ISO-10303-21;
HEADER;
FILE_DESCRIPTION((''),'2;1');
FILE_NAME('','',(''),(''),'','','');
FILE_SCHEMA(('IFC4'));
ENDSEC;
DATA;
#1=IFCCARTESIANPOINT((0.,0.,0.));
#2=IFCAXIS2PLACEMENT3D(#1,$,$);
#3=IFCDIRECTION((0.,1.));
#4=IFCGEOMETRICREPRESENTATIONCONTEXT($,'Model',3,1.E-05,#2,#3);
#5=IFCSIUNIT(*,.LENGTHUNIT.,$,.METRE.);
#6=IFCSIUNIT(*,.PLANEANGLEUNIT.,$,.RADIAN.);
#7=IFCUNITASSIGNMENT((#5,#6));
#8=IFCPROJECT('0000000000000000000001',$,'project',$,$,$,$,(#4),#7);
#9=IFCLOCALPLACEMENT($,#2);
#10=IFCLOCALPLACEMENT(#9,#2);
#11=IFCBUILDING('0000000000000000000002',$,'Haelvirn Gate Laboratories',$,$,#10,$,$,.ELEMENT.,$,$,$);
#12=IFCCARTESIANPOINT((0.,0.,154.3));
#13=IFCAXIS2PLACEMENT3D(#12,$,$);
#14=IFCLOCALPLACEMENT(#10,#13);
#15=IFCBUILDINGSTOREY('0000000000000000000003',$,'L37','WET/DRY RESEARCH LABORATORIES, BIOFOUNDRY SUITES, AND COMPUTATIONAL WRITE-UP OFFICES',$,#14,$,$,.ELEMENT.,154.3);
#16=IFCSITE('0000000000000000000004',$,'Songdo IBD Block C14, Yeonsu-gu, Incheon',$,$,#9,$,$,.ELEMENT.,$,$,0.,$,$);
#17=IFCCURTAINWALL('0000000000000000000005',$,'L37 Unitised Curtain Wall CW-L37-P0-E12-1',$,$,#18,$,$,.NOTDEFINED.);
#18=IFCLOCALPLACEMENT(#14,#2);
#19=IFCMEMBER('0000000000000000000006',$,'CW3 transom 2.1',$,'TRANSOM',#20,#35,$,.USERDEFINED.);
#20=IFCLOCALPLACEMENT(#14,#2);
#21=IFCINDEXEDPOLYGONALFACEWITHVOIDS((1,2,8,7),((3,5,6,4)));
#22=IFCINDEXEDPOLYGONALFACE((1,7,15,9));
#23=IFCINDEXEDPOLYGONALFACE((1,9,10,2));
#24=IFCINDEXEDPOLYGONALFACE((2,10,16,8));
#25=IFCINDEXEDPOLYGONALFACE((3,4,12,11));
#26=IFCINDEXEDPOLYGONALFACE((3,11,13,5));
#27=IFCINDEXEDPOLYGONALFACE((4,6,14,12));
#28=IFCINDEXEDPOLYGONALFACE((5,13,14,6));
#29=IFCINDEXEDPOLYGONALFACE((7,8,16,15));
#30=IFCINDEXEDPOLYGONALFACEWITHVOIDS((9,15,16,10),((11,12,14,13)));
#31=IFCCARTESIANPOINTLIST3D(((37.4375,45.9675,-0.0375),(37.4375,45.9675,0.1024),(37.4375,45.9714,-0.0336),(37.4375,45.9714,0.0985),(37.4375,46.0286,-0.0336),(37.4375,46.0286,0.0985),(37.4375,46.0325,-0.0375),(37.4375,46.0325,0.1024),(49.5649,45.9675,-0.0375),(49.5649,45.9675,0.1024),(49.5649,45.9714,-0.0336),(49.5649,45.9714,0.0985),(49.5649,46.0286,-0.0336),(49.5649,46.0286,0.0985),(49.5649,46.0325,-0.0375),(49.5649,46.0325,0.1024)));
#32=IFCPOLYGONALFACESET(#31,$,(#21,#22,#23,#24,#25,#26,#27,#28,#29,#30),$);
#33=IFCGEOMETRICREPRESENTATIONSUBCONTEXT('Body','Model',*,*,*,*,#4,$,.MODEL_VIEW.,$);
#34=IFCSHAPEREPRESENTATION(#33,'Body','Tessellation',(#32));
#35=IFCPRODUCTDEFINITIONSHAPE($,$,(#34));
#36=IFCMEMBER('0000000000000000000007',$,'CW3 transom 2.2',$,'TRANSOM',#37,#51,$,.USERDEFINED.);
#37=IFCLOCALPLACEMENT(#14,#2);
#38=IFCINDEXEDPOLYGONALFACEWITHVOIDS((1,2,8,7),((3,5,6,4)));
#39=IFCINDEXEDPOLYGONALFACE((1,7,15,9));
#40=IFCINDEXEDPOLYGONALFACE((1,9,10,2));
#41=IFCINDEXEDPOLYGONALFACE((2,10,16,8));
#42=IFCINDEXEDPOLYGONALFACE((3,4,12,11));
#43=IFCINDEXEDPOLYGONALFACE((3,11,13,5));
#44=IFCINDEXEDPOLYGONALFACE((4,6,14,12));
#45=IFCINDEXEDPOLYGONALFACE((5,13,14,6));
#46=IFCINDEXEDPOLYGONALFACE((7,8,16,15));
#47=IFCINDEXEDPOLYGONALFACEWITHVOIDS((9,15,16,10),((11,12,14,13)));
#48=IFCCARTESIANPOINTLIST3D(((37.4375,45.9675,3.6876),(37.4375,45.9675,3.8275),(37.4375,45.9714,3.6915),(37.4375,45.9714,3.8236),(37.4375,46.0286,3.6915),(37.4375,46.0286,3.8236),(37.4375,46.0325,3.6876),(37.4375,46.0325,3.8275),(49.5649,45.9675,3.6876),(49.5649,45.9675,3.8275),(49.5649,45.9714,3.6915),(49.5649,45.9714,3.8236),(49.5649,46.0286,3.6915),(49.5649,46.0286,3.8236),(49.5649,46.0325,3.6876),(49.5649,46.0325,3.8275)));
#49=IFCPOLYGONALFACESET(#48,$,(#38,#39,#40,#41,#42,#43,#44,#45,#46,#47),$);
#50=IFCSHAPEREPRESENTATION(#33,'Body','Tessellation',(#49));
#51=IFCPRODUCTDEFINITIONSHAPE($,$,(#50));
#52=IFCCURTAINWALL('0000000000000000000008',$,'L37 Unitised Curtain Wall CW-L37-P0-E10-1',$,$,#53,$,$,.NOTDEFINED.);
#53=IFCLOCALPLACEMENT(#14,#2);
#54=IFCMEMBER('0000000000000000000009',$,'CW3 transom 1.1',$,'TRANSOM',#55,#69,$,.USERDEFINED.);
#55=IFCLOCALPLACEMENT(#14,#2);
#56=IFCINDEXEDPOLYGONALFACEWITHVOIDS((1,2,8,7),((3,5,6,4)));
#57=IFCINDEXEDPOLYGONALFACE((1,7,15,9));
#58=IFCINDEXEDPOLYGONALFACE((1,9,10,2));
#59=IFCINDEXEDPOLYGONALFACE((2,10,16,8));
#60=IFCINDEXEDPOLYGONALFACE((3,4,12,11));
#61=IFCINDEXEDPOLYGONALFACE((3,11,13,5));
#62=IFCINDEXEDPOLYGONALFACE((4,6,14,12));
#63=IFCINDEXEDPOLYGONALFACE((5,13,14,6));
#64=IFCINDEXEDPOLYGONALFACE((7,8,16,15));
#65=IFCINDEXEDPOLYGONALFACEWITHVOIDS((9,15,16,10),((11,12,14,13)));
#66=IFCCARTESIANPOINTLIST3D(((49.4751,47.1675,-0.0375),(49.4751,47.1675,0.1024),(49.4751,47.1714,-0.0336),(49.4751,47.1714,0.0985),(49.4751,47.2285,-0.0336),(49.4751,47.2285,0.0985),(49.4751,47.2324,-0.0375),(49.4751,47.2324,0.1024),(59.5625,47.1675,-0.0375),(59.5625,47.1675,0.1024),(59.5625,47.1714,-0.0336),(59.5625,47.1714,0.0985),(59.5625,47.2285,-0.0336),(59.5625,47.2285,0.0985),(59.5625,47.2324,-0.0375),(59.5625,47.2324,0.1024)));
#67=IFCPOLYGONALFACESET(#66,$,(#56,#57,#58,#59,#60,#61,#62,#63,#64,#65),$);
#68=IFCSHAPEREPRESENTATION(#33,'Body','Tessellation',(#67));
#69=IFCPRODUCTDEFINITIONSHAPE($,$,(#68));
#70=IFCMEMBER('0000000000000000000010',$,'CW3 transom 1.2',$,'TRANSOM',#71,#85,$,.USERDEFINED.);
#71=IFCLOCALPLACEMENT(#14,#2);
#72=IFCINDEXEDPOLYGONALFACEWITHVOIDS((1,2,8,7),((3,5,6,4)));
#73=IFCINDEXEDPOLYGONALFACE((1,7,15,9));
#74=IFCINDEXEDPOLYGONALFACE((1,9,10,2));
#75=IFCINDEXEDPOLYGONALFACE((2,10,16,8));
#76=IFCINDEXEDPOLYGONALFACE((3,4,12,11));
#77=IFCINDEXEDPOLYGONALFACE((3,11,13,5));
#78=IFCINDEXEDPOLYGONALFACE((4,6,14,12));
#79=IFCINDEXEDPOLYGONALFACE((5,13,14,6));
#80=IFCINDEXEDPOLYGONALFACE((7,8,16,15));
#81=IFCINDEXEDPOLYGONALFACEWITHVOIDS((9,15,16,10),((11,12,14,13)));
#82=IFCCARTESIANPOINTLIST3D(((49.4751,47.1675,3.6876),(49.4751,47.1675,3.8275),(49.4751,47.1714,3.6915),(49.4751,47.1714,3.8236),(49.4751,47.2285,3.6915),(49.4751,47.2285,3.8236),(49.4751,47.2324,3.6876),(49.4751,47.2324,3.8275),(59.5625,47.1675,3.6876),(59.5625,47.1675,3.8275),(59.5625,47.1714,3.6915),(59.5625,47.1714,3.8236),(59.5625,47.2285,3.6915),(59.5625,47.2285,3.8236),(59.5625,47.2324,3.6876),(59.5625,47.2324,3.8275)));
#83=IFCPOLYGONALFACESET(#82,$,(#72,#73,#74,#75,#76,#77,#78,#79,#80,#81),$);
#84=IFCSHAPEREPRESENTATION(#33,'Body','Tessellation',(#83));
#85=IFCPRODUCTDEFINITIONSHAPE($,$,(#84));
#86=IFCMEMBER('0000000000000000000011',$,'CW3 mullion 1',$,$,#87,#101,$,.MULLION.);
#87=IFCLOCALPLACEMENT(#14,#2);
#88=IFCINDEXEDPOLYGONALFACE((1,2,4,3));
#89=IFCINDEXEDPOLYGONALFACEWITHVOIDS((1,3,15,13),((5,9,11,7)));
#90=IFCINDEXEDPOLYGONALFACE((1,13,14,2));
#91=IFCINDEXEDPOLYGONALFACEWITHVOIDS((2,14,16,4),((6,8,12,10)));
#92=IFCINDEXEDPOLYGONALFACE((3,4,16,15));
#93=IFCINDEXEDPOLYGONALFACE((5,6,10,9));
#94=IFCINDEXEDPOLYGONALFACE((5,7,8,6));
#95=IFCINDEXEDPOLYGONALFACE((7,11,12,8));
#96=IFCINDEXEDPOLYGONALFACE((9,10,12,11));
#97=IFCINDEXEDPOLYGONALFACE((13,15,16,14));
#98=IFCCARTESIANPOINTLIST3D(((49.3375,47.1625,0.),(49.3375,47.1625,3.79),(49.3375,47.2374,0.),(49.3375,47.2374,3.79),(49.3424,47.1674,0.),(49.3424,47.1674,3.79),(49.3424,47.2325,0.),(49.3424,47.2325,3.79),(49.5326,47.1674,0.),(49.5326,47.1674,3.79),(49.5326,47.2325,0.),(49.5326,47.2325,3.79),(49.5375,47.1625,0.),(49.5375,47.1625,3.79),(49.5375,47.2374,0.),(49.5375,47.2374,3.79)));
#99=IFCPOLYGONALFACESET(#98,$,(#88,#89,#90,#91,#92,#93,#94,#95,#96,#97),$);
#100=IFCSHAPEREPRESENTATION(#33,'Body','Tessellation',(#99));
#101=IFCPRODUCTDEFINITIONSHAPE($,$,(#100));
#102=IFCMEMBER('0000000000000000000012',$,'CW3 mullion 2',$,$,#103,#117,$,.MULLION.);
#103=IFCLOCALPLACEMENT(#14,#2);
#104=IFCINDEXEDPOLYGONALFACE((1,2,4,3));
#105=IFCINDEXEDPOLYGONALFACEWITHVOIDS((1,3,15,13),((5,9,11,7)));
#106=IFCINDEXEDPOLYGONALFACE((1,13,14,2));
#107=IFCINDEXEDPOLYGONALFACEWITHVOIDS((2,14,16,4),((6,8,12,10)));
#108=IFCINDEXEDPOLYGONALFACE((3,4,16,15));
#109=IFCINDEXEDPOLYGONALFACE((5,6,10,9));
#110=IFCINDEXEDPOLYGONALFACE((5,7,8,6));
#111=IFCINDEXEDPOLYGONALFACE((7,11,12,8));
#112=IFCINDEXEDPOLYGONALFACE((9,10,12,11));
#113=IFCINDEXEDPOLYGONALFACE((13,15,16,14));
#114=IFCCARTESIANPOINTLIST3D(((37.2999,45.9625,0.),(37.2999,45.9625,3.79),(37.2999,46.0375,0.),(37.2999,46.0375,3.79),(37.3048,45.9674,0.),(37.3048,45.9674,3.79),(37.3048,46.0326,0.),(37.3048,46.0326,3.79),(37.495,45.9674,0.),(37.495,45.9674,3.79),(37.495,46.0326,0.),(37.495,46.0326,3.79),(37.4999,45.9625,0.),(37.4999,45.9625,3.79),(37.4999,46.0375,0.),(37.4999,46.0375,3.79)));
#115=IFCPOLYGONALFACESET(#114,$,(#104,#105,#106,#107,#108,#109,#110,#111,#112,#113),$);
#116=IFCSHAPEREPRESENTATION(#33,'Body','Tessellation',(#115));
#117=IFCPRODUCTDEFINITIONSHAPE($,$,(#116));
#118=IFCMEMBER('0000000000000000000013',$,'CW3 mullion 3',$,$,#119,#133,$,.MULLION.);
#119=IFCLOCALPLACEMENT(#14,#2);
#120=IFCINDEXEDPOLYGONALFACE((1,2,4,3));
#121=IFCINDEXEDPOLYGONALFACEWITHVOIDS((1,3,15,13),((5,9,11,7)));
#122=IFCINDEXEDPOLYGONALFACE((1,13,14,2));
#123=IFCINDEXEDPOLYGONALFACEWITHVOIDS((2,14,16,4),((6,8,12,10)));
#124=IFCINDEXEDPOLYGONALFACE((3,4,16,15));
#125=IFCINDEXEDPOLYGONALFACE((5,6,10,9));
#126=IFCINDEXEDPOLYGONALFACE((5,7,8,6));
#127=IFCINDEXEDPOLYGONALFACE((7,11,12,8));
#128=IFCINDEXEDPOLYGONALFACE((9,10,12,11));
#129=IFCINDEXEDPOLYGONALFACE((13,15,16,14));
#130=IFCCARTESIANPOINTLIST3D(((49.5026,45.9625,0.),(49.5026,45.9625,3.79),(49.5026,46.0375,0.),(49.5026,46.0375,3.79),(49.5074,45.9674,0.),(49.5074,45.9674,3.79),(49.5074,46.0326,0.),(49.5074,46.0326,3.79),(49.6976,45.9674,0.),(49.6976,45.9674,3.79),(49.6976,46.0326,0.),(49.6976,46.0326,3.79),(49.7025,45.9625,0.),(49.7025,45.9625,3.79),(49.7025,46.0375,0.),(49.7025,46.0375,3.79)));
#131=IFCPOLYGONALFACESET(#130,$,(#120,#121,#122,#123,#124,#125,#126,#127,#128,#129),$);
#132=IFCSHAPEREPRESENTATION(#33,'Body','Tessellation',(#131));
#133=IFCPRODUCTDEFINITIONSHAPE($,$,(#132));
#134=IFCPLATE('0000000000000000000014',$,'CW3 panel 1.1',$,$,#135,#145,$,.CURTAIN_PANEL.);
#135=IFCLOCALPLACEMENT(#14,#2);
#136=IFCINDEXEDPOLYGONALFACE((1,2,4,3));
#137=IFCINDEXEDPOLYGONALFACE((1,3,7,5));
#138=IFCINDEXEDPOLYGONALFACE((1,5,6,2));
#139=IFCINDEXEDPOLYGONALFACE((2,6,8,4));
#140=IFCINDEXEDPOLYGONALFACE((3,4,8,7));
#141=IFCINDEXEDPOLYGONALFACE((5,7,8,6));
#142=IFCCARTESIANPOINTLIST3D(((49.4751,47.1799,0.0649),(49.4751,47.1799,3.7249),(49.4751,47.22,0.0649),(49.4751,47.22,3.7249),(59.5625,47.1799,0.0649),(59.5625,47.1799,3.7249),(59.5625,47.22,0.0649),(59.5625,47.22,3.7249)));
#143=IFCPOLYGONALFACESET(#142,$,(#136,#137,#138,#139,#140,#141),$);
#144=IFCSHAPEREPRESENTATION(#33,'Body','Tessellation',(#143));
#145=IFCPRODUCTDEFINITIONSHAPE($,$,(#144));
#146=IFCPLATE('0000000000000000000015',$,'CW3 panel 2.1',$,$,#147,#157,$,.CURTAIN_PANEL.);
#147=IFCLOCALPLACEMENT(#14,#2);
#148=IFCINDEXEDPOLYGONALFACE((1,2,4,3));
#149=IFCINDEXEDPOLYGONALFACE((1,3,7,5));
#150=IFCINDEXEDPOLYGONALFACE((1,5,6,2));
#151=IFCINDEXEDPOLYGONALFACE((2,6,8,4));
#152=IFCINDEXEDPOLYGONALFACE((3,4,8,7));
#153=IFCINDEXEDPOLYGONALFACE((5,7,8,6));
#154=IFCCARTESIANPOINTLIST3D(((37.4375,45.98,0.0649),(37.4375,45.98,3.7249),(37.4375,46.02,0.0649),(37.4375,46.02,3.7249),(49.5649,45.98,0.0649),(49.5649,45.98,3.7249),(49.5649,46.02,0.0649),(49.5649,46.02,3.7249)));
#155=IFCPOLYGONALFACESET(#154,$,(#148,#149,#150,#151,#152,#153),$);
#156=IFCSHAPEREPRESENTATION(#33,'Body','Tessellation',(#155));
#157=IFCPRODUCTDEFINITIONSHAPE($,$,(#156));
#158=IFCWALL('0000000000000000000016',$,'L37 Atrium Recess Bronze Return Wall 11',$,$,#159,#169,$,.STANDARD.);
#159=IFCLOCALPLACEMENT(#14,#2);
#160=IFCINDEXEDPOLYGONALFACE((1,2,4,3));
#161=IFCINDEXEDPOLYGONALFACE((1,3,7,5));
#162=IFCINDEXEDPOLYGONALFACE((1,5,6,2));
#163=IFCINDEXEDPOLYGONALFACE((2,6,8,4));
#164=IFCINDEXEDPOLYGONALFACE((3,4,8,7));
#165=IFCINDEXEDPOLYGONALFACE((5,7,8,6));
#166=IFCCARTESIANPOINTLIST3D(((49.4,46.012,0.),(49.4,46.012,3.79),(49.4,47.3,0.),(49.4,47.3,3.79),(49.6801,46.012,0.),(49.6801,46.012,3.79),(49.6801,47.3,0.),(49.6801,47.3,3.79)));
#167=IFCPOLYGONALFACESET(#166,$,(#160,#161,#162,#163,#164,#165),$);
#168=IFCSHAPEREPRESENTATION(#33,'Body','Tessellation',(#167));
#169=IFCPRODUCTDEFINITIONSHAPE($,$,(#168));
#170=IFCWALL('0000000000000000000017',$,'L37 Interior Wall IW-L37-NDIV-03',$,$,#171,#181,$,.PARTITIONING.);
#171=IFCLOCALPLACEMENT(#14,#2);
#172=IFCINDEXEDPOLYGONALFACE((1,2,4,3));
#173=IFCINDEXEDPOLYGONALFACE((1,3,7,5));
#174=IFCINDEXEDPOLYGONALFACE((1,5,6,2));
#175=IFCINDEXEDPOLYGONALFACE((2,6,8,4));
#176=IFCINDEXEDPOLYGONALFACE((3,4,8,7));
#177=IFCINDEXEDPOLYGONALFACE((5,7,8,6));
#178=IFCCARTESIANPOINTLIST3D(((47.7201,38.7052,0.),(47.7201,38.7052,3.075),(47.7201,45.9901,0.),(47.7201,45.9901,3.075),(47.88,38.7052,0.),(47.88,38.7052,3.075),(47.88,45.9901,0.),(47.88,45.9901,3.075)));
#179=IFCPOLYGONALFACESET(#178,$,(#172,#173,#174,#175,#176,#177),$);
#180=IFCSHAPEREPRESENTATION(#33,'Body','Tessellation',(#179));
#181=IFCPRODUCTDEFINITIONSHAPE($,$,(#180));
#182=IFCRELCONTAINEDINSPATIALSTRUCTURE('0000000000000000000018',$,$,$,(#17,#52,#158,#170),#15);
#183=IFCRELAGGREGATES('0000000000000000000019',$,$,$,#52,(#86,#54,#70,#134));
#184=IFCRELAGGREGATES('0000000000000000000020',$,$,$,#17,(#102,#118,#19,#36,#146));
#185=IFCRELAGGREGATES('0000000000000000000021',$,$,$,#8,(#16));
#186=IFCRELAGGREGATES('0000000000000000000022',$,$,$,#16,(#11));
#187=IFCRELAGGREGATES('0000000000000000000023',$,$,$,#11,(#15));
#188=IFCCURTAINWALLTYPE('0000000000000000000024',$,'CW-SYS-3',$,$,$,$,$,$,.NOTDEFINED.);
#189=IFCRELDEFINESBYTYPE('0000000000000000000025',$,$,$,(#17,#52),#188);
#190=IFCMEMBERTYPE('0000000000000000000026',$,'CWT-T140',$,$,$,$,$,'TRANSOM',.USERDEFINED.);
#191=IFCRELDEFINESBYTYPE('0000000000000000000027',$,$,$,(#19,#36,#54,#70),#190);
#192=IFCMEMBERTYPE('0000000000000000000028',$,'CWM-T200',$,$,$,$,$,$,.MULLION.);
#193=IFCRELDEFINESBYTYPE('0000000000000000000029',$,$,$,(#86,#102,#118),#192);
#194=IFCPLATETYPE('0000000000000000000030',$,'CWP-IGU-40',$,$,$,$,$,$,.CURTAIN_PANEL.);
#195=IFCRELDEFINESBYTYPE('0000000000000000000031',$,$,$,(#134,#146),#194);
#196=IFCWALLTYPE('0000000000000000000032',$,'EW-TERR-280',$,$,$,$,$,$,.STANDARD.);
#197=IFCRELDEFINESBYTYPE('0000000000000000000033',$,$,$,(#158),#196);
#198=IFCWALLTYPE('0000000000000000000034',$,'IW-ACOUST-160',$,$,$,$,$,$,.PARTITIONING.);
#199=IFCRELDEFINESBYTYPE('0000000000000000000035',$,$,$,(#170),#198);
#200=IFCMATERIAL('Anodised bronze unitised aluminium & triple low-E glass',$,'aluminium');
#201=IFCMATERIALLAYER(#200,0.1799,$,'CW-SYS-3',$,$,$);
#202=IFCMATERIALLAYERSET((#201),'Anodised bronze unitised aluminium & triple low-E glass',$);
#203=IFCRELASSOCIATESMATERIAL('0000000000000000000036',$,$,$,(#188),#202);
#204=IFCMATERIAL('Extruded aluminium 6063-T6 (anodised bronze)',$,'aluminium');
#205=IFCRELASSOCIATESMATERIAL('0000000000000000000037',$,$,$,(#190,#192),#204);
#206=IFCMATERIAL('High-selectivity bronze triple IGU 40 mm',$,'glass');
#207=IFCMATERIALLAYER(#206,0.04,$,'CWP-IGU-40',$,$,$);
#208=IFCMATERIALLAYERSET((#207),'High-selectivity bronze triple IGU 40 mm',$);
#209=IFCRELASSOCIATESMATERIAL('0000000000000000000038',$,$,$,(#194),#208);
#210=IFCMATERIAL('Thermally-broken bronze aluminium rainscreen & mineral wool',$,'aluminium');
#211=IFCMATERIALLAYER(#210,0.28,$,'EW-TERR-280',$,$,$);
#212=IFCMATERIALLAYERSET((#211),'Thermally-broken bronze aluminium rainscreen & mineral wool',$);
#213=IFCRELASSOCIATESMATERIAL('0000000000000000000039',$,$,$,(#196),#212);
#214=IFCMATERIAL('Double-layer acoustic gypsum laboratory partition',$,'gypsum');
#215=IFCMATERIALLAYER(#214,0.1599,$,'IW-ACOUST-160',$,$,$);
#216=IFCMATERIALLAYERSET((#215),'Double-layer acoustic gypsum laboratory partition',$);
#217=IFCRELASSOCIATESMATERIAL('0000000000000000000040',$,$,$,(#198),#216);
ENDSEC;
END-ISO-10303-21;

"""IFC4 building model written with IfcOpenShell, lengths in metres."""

from ifc_helpers import new_model, si_unit, direction, frame, frame_2d, origin, origin_2d, place, context, subcontext, project, spatial, rectangle, hollow_rectangle, extrude, source, transform, mapped, material, layer, layer_set, material_profile, profile_set, type_object, type_shapes, element, aggregate, save


model = new_model("IFC4")

# Units and contexts
model_context = context("Model", 3, precision=1e-05, world=origin(), true_north=direction((0.0, 1.0)))
body_context = subcontext(model_context, "Body", "Model", "MODEL_VIEW")
ifc_project = project(units=[si_unit("LENGTHUNIT", "METRE"), si_unit("PLANEANGLEUNIT", "RADIAN")], contexts=[model_context])

# Site, building, storey
site_placement = place(None, origin())
site = spatial("IfcSite", under=ifc_project, at=site_placement, Name="Songdo IBD Block C14, Yeonsu-gu, Incheon", CompositionType="ELEMENT", RefElevation=0.0)
building_placement = place(site_placement, origin())
building = spatial("IfcBuilding", under=site, at=building_placement, Name="Haelvirn Gate Laboratories", CompositionType="ELEMENT")
storey_placement = place(building_placement, frame((0.0, 0.0, 154.3)))
storey = spatial("IfcBuildingStorey", under=building, at=storey_placement, Name="L37", Description="WET/DRY RESEARCH LABORATORIES, BIOFOUNDRY SUITES, AND COMPUTATIONAL WRITE-UP OFFICES", CompositionType="ELEMENT", Elevation=154.3)

# Curtain walls, members
ifc_material_1 = material(Name="Anodised bronze unitised aluminium & triple low-E glass", Category="aluminium")
ifc_layer_1 = layer(ifc_material_1, 0.1799, Name="CW-SYS-3")
ifc_layer_set_1 = layer_set([ifc_layer_1], Name="Anodised bronze unitised aluminium & triple low-E glass")
curtain_wall_type = type_object("IfcCurtainWallType", Name="CW-SYS-3", PredefinedType="NOTDEFINED", material=ifc_layer_set_1)
curtain_wall_1_placement = place(storey_placement, origin())
curtain_wall_1 = element("IfcCurtainWall", 1, at=curtain_wall_1_placement, inside=storey, type_object=curtain_wall_type, Name="L37 Unitised Curtain Wall CW-L37-P0-E12-1", PredefinedType="NOTDEFINED")
ifc_material_2 = material(Name="Extruded aluminium 6063-T6 (anodised bronze)", Category="aluminium")
ifc_material_profile_1 = material_profile(ifc_material_2, hollow_rectangle(XDim=0.0649, YDim=0.1399, WallThickness=0.0039, at=origin_2d()), Name="CWT-140x65x4")
ifc_profile_set_1 = profile_set([ifc_material_profile_1], Name="Extruded aluminium 6063-T6 (anodised bronze)")
member_type_1 = type_object("IfcMemberType", Name="CWT-T140", ElementType="TRANSOM", PredefinedType="USERDEFINED", material=ifc_profile_set_1)
shared_shape_1 = source(origin(), body_context, "Body", "SweptSolid", [
    extrude(hollow_rectangle(XDim=0.0649, YDim=0.1399, WallThickness=0.0039, at=origin_2d()), origin(), (0.0, 0.0, 1.0), 12.1274),
])
member_1_placement = place(storey_placement, frame((37.4375, 46.0, 0.0325), z_axis=(1.0, 0.0, 0.0), x_axis=(0.0, 1.0, 0.0)))
member_1 = element("IfcMember", 2, at=member_1_placement, type_object=member_type_1, Name="CW3 transom 2.1", ObjectType="TRANSOM", PredefinedType="USERDEFINED", context=body_context, shape_type="MappedRepresentation", body=[
    mapped(shared_shape_1, transform((0.0, 0.0, 0.0), scale=1.0)),
])
member_2_placement = place(storey_placement, frame((37.4375, 46.0, 3.7576), z_axis=(1.0, 0.0, 0.0), x_axis=(0.0, 1.0, 0.0)))
member_2 = element("IfcMember", 3, at=member_2_placement, type_object=member_type_1, Name="CW3 transom 2.2", ObjectType="TRANSOM", PredefinedType="USERDEFINED", context=body_context, shape_type="MappedRepresentation", body=[
    mapped(shared_shape_1, transform((0.0, 0.0, 0.0), scale=1.0)),
])
curtain_wall_2_placement = place(storey_placement, origin())
curtain_wall_2 = element("IfcCurtainWall", 4, at=curtain_wall_2_placement, inside=storey, type_object=curtain_wall_type, Name="L37 Unitised Curtain Wall CW-L37-P0-E10-1", PredefinedType="NOTDEFINED")
shared_shape_2 = source(origin(), body_context, "Body", "SweptSolid", [
    extrude(hollow_rectangle(XDim=0.0649, YDim=0.1399, WallThickness=0.0039, at=origin_2d()), origin(), (0.0, 0.0, 1.0), 10.0874),
])
type_shapes(member_type_1, [shared_shape_1, shared_shape_2])
member_3_placement = place(storey_placement, frame((49.4751, 47.2, 0.0325), z_axis=(1.0, 0.0, 0.0), x_axis=(0.0, 1.0, 0.0)))
member_3 = element("IfcMember", 5, at=member_3_placement, type_object=member_type_1, Name="CW3 transom 1.1", ObjectType="TRANSOM", PredefinedType="USERDEFINED", context=body_context, shape_type="MappedRepresentation", body=[
    mapped(shared_shape_2, transform((0.0, 0.0, 0.0), scale=1.0)),
])
member_4_placement = place(storey_placement, frame((49.4751, 47.2, 3.7576), z_axis=(1.0, 0.0, 0.0), x_axis=(0.0, 1.0, 0.0)))
member_4 = element("IfcMember", 6, at=member_4_placement, type_object=member_type_1, Name="CW3 transom 1.2", ObjectType="TRANSOM", PredefinedType="USERDEFINED", context=body_context, shape_type="MappedRepresentation", body=[
    mapped(shared_shape_2, transform((0.0, 0.0, 0.0), scale=1.0)),
])
ifc_material_profile_2 = material_profile(ifc_material_2, hollow_rectangle(XDim=0.075, YDim=0.2, WallThickness=0.0049, at=origin_2d()), Name="CWM-200x75x5")
ifc_profile_set_2 = profile_set([ifc_material_profile_2], Name="Extruded aluminium 6063-T6 (anodised bronze)")
member_type_2 = type_object("IfcMemberType", Name="CWM-T200", PredefinedType="MULLION", material=ifc_profile_set_2)
shared_shape_3 = source(origin(), body_context, "Body", "SweptSolid", [
    extrude(hollow_rectangle(XDim=0.075, YDim=0.2, WallThickness=0.0049, at=origin_2d()), origin(), (0.0, 0.0, 1.0), 3.79),
])
type_shapes(member_type_2, [shared_shape_3])
member_5_placement = place(storey_placement, frame((49.4375, 47.2, 0.0), z_axis=(0.0, 0.0, 1.0), x_axis=(0.0, 1.0, 0.0)))
member_5 = element("IfcMember", 7, at=member_5_placement, type_object=member_type_2, Name="CW3 mullion 1", PredefinedType="MULLION", context=body_context, shape_type="MappedRepresentation", body=[
    mapped(shared_shape_3, transform((0.0, 0.0, 0.0), scale=1.0)),
])

# Members
member_6_placement = place(storey_placement, frame((37.3999, 46.0, 0.0), z_axis=(0.0, 0.0, 1.0), x_axis=(0.0, 1.0, 0.0)))
member_6 = element("IfcMember", 8, at=member_6_placement, type_object=member_type_2, Name="CW3 mullion 2", PredefinedType="MULLION", context=body_context, shape_type="MappedRepresentation", body=[
    mapped(shared_shape_3, transform((0.0, 0.0, 0.0), scale=1.0)),
])
member_7_placement = place(storey_placement, frame((49.6025, 46.0, 0.0), z_axis=(0.0, 0.0, 1.0), x_axis=(0.0, 1.0, 0.0)))
member_7 = element("IfcMember", 9, at=member_7_placement, type_object=member_type_2, Name="CW3 mullion 3", PredefinedType="MULLION", context=body_context, shape_type="MappedRepresentation", body=[
    mapped(shared_shape_3, transform((0.0, 0.0, 0.0), scale=1.0)),
])

# Plates
ifc_material_3 = material(Name="High-selectivity bronze triple IGU 40 mm", Category="glass")
ifc_layer_2 = layer(ifc_material_3, 0.04, Name="CWP-IGU-40")
ifc_layer_set_2 = layer_set([ifc_layer_2], Name="High-selectivity bronze triple IGU 40 mm")
plate_type = type_object("IfcPlateType", Name="CWP-IGU-40", PredefinedType="CURTAIN_PANEL", material=ifc_layer_set_2)
shared_shape_4 = source(origin(), body_context, "Body", "SweptSolid", [
    extrude(rectangle(XDim=10.0874, YDim=0.04, at=origin_2d()), origin(), (0.0, 0.0, 1.0), 3.6599),
])
plate_1_placement = place(storey_placement, frame((54.5188, 47.2, 0.0649), z_axis=(0.0, 0.0, 1.0), x_axis=(1.0, 0.0, 0.0)))
plate_1 = element("IfcPlate", 10, at=plate_1_placement, type_object=plate_type, Name="CW3 panel 1.1", PredefinedType="CURTAIN_PANEL", context=body_context, shape_type="MappedRepresentation", body=[
    mapped(shared_shape_4, transform((0.0, 0.0, 0.0), scale=1.0)),
])
aggregate(curtain_wall_2, [member_5, member_3, member_4, plate_1])
shared_shape_5 = source(origin(), body_context, "Body", "SweptSolid", [
    extrude(rectangle(XDim=12.1274, YDim=0.04, at=origin_2d()), origin(), (0.0, 0.0, 1.0), 3.6599),
])
type_shapes(plate_type, [shared_shape_4, shared_shape_5])
plate_2_placement = place(storey_placement, frame((43.5012, 46.0, 0.0649), z_axis=(0.0, 0.0, 1.0), x_axis=(1.0, 0.0, 0.0)))
plate_2 = element("IfcPlate", 11, at=plate_2_placement, type_object=plate_type, Name="CW3 panel 2.1", PredefinedType="CURTAIN_PANEL", context=body_context, shape_type="MappedRepresentation", body=[
    mapped(shared_shape_5, transform((0.0, 0.0, 0.0), scale=1.0)),
])
aggregate(curtain_wall_1, [member_6, member_7, member_1, member_2, plate_2])

# Walls
ifc_material_4 = material(Name="Thermally-broken bronze aluminium rainscreen & mineral wool", Category="aluminium")
ifc_layer_3 = layer(ifc_material_4, 0.28, Name="EW-TERR-280")
ifc_layer_set_3 = layer_set([ifc_layer_3], Name="Thermally-broken bronze aluminium rainscreen & mineral wool")
wall_type_1 = type_object("IfcWallType", Name="EW-TERR-280", PredefinedType="STANDARD", material=ifc_layer_set_3)
wall_1_placement = place(storey_placement, frame((49.54, 47.3, 0.0), z_axis=(0.0, 0.0, 1.0), x_axis=(0.0, -1.0, 0.0)))
element("IfcWall", 12, at=wall_1_placement, inside=storey, type_object=wall_type_1, Name="L37 Atrium Recess Bronze Return Wall 11", PredefinedType="STANDARD", context=body_context, shape_type="SweptSolid", body=[
    extrude(rectangle(XDim=1.2881, YDim=0.28, at=frame_2d((0.644, 0.0))), origin(), (0.0, 0.0, 1.0), 3.79),
])
ifc_material_5 = material(Name="Double-layer acoustic gypsum laboratory partition", Category="gypsum")
ifc_layer_4 = layer(ifc_material_5, 0.1599, Name="IW-ACOUST-160")
ifc_layer_set_4 = layer_set([ifc_layer_4], Name="Double-layer acoustic gypsum laboratory partition")
wall_type_2 = type_object("IfcWallType", Name="IW-ACOUST-160", PredefinedType="PARTITIONING", material=ifc_layer_set_4)
wall_2_placement = place(storey_placement, frame((47.8, 38.7051, 0.0), z_axis=(0.0, 0.0, 1.0), x_axis=(0.0, 1.0, 0.0)))
element("IfcWall", 13, at=wall_2_placement, inside=storey, type_object=wall_type_2, Name="L37 Interior Wall IW-L37-NDIV-03", PredefinedType="PARTITIONING", context=body_context, shape_type="SweptSolid", body=[
    extrude(rectangle(XDim=7.2849, YDim=0.1599, at=frame_2d((3.6426, 0.0))), origin(), (0.0, 0.0, 1.0), 3.075),
])

save(model, "model.ifc")
